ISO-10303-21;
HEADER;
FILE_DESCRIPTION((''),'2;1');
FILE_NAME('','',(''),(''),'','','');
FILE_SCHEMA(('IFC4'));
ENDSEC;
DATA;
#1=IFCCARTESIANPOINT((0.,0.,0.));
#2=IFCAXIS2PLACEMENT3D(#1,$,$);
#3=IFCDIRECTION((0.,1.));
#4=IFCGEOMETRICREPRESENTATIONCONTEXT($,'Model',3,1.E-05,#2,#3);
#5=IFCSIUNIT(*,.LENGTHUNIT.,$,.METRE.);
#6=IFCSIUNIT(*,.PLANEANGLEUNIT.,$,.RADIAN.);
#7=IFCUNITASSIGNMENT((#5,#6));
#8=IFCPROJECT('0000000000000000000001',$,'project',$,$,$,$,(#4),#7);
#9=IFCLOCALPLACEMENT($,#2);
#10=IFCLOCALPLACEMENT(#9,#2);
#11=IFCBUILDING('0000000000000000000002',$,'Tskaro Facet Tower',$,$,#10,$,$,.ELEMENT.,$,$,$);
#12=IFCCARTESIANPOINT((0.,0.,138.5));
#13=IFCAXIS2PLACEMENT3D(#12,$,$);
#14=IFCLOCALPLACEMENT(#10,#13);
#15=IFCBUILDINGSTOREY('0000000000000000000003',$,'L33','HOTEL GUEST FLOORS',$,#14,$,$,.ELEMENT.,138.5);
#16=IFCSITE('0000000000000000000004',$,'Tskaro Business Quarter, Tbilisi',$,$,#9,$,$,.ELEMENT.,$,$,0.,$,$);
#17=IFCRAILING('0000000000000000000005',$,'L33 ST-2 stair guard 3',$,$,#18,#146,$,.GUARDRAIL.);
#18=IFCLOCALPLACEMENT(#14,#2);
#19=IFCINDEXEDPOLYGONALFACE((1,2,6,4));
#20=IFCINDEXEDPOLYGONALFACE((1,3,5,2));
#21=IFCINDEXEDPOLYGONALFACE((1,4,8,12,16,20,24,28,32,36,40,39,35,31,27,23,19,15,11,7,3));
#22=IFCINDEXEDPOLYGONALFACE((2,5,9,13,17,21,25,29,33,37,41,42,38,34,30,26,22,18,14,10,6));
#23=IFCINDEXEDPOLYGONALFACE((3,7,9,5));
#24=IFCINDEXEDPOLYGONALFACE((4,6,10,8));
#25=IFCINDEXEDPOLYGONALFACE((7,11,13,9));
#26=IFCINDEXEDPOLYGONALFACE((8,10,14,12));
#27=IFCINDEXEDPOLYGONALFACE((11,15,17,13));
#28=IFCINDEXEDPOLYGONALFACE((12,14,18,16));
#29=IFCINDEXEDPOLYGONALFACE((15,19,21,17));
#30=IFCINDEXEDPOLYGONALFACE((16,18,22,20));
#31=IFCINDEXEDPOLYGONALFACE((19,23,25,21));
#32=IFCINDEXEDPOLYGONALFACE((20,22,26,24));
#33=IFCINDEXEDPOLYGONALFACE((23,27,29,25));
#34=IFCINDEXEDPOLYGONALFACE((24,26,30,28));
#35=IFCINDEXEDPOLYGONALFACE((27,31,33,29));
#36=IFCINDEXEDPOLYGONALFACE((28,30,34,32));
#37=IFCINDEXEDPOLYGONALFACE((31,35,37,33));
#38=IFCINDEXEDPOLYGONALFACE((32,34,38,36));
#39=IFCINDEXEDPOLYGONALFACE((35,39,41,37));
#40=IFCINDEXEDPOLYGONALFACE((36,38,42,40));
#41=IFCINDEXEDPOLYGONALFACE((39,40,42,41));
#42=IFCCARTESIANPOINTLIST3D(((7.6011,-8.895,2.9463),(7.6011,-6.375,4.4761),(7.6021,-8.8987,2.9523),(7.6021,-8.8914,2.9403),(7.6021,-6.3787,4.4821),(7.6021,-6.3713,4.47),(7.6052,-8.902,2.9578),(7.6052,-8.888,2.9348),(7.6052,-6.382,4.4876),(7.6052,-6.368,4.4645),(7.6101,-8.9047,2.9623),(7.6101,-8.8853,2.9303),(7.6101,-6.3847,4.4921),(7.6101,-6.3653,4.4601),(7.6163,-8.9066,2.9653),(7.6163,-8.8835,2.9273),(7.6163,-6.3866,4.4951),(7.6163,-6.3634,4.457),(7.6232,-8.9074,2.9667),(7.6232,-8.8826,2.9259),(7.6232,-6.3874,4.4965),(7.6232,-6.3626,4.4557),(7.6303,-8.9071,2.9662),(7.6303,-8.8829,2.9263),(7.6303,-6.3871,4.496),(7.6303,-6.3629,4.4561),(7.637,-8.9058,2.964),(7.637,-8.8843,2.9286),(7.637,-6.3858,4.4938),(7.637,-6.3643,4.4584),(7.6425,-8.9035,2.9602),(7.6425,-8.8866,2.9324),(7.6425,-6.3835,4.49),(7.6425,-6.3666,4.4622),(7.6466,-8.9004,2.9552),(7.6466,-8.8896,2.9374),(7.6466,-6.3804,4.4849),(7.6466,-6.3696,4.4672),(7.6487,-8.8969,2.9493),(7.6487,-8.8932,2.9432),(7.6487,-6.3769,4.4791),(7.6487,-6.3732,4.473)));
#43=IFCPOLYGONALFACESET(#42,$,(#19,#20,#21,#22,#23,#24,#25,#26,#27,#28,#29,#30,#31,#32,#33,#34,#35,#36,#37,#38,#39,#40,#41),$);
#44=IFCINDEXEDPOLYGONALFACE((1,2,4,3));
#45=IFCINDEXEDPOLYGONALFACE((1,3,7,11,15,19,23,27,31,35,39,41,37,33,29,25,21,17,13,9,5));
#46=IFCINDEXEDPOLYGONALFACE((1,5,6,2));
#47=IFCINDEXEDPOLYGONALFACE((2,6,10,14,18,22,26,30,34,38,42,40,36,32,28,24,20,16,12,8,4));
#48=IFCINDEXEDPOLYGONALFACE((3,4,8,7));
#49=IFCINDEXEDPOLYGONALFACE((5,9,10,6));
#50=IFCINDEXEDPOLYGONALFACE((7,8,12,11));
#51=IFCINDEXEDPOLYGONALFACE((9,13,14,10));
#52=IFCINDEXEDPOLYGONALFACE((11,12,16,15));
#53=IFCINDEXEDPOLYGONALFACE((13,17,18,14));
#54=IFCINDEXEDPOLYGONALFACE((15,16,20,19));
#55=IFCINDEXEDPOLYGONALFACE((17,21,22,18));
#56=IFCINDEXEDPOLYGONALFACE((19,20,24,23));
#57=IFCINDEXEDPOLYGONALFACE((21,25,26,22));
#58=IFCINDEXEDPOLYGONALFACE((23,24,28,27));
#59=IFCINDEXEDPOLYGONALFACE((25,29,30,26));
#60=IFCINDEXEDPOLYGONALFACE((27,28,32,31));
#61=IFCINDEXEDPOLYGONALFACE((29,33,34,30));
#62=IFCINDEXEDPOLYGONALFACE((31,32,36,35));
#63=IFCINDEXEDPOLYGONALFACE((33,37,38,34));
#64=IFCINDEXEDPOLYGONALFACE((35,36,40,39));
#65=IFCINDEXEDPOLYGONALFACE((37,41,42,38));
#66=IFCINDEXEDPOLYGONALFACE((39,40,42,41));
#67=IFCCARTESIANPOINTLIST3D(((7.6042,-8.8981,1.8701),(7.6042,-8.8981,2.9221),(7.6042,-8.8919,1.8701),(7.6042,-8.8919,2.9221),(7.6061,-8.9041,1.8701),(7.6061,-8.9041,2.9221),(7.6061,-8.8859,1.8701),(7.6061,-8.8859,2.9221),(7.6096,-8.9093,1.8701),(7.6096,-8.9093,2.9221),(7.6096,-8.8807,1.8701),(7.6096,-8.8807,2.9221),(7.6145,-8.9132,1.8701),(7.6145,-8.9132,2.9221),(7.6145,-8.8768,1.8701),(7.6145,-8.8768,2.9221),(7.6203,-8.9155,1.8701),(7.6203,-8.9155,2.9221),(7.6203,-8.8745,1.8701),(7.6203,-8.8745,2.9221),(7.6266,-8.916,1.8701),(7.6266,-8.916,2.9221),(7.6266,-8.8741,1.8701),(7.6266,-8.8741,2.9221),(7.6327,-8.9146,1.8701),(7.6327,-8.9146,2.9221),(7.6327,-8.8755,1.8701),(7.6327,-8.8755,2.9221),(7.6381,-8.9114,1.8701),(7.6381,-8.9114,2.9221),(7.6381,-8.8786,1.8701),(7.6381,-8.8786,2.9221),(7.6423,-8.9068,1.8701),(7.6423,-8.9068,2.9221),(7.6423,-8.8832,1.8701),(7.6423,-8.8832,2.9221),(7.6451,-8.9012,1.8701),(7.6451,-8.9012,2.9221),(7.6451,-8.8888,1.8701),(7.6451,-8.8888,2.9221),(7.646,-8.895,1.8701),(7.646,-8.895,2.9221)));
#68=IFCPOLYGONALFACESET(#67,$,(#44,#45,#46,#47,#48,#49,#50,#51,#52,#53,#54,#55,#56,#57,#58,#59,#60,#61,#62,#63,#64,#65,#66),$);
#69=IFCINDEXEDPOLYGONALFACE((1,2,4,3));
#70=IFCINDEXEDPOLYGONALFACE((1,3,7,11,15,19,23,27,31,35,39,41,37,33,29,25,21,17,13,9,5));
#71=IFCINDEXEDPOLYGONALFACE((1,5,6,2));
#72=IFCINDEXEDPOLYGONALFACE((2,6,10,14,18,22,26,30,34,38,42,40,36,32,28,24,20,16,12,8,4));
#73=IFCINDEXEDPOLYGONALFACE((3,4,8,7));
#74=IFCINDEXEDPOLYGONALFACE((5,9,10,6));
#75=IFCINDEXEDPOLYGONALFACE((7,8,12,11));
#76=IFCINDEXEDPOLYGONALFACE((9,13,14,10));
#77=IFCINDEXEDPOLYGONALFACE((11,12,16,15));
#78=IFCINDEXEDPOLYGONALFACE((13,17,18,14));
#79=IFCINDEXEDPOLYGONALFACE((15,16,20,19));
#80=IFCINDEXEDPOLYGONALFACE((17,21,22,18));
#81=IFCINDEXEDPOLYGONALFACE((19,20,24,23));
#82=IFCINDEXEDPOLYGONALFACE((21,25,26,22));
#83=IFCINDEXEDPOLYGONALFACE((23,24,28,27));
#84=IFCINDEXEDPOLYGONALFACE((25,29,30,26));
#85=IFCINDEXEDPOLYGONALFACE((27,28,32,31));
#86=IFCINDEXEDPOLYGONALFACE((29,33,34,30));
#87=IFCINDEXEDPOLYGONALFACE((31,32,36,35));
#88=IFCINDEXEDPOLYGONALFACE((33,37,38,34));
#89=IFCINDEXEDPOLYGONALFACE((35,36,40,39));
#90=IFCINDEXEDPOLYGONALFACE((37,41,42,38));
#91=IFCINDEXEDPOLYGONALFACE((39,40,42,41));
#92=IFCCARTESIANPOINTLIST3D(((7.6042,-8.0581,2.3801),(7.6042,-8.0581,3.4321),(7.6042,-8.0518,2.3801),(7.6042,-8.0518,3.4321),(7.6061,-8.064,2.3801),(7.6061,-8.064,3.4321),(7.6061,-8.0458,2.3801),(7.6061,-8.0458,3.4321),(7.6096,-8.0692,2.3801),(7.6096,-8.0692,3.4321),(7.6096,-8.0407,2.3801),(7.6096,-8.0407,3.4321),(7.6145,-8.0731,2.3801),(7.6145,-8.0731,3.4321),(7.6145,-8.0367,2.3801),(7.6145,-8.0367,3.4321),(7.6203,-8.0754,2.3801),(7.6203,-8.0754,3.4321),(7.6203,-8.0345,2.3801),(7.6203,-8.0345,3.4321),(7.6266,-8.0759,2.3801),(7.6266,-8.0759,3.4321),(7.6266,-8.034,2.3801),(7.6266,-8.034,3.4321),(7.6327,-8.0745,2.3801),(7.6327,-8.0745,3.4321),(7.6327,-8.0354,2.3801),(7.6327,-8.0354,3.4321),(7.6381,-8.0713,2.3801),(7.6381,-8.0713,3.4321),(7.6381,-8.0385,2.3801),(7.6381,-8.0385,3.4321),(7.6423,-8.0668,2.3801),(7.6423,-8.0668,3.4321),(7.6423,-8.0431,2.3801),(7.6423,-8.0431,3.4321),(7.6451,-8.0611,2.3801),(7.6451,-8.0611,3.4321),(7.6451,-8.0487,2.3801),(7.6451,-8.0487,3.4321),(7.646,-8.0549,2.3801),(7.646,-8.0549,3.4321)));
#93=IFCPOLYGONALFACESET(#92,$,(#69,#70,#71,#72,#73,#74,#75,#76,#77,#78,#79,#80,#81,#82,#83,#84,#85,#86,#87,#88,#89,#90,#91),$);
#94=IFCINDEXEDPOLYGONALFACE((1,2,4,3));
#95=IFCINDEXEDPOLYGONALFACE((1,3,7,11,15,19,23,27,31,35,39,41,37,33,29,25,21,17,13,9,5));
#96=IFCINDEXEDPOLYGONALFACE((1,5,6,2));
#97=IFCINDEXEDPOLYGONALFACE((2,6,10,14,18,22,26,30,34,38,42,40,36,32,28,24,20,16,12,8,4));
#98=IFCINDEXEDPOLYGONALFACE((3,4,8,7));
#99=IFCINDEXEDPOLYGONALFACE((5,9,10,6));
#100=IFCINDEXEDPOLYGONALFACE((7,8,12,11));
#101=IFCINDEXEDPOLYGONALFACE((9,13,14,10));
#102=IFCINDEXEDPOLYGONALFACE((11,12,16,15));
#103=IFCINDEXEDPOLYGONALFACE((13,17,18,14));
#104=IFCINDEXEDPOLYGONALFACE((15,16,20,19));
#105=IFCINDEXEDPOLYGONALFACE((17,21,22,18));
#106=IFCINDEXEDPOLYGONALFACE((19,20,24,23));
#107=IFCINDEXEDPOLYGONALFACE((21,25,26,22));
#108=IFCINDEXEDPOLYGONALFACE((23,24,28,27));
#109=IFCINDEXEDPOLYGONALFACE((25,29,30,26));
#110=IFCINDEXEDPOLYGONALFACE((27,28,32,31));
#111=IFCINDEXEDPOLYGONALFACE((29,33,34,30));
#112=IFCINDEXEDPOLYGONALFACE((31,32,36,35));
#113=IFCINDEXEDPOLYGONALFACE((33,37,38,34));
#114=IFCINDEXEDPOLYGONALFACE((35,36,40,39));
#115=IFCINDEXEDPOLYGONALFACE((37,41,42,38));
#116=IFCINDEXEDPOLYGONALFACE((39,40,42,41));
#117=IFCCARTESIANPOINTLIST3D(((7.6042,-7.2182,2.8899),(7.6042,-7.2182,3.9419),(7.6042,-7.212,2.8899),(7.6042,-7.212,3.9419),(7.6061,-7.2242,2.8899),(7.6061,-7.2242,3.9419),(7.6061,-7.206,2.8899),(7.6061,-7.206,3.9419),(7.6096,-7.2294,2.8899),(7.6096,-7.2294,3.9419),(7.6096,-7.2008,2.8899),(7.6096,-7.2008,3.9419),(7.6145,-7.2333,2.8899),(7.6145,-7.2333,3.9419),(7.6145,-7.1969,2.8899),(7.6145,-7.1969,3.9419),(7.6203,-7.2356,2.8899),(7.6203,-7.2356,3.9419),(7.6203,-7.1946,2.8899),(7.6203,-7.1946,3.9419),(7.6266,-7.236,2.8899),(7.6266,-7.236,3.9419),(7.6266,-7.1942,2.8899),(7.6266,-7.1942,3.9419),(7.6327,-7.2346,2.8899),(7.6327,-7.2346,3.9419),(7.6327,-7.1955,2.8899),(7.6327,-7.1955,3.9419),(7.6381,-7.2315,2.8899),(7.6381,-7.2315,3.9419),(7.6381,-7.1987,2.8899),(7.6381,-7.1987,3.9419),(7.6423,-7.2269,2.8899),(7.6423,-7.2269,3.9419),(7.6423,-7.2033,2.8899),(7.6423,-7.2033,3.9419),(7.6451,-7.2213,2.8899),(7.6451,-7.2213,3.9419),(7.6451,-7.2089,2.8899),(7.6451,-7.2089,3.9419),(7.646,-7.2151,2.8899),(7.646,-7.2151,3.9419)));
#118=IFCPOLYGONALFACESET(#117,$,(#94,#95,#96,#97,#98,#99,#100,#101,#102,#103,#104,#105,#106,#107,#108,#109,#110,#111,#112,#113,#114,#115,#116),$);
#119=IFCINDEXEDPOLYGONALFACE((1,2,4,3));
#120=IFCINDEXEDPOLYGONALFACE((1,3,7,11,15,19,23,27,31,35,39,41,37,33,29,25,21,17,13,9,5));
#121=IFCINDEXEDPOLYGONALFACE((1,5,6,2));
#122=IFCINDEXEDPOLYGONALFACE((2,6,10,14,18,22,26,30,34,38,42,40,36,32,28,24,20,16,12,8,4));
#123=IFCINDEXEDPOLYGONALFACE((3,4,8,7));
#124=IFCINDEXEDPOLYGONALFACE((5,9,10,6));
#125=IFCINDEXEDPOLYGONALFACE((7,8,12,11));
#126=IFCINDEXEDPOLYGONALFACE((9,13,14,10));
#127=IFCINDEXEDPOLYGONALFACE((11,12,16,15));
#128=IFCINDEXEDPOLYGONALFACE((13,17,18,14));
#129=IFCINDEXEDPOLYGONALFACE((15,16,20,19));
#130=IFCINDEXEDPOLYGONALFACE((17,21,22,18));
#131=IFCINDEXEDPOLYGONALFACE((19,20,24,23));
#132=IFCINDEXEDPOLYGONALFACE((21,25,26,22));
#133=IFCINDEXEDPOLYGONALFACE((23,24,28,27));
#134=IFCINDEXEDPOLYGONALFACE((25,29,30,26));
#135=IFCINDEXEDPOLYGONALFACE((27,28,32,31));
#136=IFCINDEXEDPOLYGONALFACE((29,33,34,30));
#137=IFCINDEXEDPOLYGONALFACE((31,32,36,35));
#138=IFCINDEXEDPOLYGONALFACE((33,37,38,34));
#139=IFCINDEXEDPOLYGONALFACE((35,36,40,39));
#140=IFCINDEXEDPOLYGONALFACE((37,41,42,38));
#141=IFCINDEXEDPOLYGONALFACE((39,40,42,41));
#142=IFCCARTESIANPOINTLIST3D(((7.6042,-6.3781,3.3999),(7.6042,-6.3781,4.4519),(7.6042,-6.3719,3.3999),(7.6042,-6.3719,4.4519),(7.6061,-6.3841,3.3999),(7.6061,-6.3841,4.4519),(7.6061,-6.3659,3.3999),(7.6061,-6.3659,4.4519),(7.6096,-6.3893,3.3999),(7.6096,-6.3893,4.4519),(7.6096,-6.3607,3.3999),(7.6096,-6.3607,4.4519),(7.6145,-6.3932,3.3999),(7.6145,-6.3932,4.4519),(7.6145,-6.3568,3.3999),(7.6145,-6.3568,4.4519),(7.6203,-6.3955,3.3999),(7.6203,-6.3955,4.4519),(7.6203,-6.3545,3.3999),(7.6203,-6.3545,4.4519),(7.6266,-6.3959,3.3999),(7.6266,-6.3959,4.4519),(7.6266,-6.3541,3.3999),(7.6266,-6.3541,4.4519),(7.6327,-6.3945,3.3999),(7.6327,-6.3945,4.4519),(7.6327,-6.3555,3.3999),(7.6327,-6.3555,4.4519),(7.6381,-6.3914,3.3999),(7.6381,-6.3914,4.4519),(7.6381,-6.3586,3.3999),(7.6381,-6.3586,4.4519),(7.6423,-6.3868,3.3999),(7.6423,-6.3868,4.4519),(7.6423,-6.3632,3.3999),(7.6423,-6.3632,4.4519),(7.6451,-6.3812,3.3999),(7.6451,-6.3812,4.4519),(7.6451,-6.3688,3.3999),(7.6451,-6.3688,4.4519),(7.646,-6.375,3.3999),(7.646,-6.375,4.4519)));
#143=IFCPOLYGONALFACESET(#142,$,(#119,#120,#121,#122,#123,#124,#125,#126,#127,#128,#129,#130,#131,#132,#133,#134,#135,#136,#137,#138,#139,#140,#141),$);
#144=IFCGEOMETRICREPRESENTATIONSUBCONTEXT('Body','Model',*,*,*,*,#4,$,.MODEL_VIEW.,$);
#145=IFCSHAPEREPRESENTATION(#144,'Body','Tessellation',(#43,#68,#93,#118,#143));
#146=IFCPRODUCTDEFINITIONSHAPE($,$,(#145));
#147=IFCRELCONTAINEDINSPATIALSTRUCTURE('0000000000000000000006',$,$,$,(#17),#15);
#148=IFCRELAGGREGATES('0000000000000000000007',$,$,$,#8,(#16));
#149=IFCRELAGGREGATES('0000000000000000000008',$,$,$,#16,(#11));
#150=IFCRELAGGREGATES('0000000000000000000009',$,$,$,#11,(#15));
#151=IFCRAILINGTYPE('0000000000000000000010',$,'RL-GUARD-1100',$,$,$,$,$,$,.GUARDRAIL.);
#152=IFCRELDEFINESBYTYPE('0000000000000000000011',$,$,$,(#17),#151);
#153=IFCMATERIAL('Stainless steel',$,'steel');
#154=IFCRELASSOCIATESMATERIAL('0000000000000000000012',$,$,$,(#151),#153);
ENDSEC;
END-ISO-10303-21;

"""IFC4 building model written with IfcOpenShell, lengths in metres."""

from ifc_helpers import new_model, si_unit, direction, frame, origin, origin_2d, place, context, subcontext, project, spatial, circle, extrude, material, type_object, element, save


model = new_model("IFC4")

# Units and contexts
model_context = context("Model", 3, precision=1e-05, world=origin(), true_north=direction((0.0, 1.0)))
body_context = subcontext(model_context, "Body", "Model", "MODEL_VIEW")
ifc_project = project(units=[si_unit("LENGTHUNIT", "METRE"), si_unit("PLANEANGLEUNIT", "RADIAN")], contexts=[model_context])

# Site, building, storey
site_placement = place(None, origin())
site = spatial("IfcSite", under=ifc_project, at=site_placement, Name="Tskaro Business Quarter, Tbilisi", CompositionType="ELEMENT", RefElevation=0.0)
building_placement = place(site_placement, origin())
building = spatial("IfcBuilding", under=site, at=building_placement, Name="Tskaro Facet Tower", CompositionType="ELEMENT")
storey_placement = place(building_placement, frame((0.0, 0.0, 138.5)))
storey = spatial("IfcBuildingStorey", under=building, at=storey_placement, Name="L33", Description="HOTEL GUEST FLOORS", CompositionType="ELEMENT", Elevation=138.5)

# Railing
ifc_material_1 = material(Name="Stainless steel", Category="steel")
railing_type_1 = type_object("IfcRailingType", Name="RL-GUARD-1100", PredefinedType="GUARDRAIL", material=ifc_material_1)
railing_1_placement = place(storey_placement, frame((7.625, -8.895, 1.8701)))
element("IfcRailing", 1, at=railing_1_placement, inside=storey, type_object=railing_type_1, Name="L33 ST-2 stair guard 3", PredefinedType="GUARDRAIL", context=body_context, shape_type="SweptSolid", body=[
    extrude(circle(Radius=0.0239, at=origin_2d()), frame((0.0, 0.0, 1.0762), z_axis=(0.0, 0.854822, 0.518922), x_axis=(-1.0, 0.0, 0.0)), (0.0, 0.0, 1.0), 2.948),
    extrude(circle(Radius=0.021, at=origin_2d()), origin(), (0.0, 0.0, 1.0), 1.052),
    extrude(circle(Radius=0.021, at=origin_2d()), frame((0.0, 0.8401, 0.51)), (0.0, 0.0, 1.0), 1.052),
    extrude(circle(Radius=0.021, at=origin_2d()), frame((0.0, 1.6799, 1.0198)), (0.0, 0.0, 1.0), 1.052),
    extrude(circle(Radius=0.021, at=origin_2d()), frame((0.0, 2.52, 1.5298)), (0.0, 0.0, 1.0), 1.052),
])

save(model, "model.ifc")
